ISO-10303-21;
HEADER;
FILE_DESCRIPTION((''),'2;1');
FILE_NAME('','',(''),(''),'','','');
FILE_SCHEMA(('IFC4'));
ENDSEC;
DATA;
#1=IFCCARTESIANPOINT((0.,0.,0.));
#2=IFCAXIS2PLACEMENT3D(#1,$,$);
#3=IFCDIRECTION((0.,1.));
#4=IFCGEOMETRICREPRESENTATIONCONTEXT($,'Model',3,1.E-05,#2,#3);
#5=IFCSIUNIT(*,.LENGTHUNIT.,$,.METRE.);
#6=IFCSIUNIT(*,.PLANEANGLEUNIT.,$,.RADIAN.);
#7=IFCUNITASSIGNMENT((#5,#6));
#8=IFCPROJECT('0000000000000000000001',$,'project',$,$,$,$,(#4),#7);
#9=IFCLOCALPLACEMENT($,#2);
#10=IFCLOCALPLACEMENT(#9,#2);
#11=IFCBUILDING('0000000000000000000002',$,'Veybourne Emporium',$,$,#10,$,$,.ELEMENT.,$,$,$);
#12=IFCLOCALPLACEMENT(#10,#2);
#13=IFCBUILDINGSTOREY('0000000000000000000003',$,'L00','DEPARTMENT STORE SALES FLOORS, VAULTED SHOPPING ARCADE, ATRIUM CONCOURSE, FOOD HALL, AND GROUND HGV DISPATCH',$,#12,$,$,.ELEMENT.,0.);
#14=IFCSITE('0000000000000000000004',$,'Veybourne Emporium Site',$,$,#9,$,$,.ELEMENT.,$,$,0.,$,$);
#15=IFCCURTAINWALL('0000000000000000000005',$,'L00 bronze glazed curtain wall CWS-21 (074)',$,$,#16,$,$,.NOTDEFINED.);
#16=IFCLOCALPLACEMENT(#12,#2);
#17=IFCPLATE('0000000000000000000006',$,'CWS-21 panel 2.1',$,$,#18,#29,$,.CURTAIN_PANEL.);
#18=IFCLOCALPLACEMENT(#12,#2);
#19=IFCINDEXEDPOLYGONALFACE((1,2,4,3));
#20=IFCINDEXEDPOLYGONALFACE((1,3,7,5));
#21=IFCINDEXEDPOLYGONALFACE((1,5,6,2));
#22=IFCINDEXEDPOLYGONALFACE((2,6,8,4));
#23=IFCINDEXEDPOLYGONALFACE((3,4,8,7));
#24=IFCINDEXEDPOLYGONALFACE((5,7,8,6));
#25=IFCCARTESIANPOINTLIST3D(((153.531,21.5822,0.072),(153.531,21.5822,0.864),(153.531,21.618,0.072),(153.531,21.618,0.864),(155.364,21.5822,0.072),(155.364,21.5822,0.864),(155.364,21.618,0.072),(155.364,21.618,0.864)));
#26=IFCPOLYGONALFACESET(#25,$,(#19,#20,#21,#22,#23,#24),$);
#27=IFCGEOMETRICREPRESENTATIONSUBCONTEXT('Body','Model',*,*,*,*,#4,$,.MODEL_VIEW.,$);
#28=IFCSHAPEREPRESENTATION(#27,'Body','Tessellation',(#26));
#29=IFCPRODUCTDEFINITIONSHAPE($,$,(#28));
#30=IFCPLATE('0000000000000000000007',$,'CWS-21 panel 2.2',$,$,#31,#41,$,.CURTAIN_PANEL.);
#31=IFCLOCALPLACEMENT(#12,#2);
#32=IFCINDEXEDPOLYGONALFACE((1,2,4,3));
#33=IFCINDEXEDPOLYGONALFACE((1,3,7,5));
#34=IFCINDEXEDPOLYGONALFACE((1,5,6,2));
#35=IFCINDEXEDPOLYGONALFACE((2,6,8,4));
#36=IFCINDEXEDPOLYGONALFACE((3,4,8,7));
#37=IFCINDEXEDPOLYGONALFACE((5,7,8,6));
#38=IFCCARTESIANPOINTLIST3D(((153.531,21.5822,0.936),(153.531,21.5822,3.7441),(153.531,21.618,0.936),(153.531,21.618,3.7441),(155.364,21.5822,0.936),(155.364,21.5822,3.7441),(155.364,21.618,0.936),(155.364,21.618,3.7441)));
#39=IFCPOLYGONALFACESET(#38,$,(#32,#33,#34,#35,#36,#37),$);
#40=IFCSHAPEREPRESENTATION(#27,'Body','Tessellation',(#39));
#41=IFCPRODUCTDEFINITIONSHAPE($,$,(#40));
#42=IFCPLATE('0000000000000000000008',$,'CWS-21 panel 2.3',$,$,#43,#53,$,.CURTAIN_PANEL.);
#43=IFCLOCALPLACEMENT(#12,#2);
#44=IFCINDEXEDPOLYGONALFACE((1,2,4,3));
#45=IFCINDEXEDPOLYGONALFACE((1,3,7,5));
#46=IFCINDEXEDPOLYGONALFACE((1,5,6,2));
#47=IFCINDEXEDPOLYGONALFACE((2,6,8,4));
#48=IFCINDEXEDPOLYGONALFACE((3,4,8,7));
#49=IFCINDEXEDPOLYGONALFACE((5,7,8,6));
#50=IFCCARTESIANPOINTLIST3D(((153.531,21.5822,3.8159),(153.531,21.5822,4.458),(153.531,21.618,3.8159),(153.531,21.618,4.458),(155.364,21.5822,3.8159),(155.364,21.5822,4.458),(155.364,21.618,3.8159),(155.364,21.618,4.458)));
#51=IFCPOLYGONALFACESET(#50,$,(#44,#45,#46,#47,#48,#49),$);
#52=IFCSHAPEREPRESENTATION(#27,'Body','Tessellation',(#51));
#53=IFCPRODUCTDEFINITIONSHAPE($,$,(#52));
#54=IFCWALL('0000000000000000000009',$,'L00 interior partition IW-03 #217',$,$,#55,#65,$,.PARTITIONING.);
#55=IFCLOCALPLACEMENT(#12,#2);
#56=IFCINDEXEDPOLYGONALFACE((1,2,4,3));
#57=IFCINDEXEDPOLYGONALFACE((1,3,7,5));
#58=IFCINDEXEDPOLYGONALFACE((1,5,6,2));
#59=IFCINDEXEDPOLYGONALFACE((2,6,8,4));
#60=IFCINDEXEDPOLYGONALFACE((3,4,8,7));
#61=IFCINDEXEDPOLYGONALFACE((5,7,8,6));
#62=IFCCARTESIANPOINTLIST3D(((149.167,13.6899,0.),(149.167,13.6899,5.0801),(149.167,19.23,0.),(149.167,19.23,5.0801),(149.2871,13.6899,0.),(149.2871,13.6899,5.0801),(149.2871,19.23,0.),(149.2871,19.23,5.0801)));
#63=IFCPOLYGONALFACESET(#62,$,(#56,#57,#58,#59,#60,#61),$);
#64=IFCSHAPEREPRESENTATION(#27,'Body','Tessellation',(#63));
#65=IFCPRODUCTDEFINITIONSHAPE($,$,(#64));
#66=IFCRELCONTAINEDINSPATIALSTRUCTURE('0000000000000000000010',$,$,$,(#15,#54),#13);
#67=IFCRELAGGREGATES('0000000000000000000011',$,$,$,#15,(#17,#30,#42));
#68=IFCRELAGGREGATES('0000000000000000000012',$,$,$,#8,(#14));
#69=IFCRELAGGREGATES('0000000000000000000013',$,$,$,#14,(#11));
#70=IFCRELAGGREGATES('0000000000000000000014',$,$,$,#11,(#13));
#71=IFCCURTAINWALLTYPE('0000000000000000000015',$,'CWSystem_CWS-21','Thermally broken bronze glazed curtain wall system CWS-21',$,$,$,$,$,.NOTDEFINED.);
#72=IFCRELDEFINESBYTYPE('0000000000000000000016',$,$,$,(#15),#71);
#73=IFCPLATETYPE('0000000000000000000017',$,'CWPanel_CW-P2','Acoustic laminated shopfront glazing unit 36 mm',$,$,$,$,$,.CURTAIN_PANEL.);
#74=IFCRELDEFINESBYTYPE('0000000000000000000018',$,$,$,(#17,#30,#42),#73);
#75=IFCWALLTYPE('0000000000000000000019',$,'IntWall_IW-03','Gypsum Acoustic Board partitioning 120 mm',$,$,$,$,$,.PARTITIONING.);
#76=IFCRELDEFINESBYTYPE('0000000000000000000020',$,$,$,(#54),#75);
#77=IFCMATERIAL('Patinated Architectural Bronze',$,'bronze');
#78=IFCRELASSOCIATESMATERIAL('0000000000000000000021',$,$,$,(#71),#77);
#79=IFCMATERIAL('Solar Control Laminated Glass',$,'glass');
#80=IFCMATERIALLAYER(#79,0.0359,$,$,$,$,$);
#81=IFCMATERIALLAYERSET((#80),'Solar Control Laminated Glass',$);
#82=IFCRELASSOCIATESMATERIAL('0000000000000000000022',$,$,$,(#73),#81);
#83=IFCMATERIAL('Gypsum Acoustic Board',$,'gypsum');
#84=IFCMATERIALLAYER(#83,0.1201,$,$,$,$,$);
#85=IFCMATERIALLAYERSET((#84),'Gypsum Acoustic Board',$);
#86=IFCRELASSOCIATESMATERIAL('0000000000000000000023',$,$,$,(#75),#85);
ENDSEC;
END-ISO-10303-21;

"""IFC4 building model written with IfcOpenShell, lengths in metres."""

from ifc_helpers import new_model, si_unit, direction, frame, frame_2d, origin, origin_2d, place, context, subcontext, project, spatial, rectangle, extrude, material, layer, layer_set, type_object, element, aggregate, save


model = new_model("IFC4")

# Units and contexts
model_context = context("Model", 3, precision=1e-05, world=origin(), true_north=direction((0.0, 1.0)))
body_context = subcontext(model_context, "Body", "Model", "MODEL_VIEW")
ifc_project = project(units=[si_unit("LENGTHUNIT", "METRE"), si_unit("PLANEANGLEUNIT", "RADIAN")], contexts=[model_context])

# Site, building, storey
site_placement = place(None, origin())
site = spatial("IfcSite", under=ifc_project, at=site_placement, Name="Veybourne Emporium Site", CompositionType="ELEMENT", RefElevation=0.0)
building_placement = place(site_placement, origin())
building = spatial("IfcBuilding", under=site, at=building_placement, Name="Veybourne Emporium", CompositionType="ELEMENT")
storey_placement = place(building_placement, origin())
storey = spatial("IfcBuildingStorey", under=building, at=storey_placement, Name="L00", Description="DEPARTMENT STORE SALES FLOORS, VAULTED SHOPPING ARCADE, ATRIUM CONCOURSE, FOOD HALL, AND GROUND HGV DISPATCH", CompositionType="ELEMENT", Elevation=0.0)

# Curtain wall
ifc_material_1 = material(Name="Patinated Architectural Bronze", Category="bronze")
curtain_wall_type_1 = type_object("IfcCurtainWallType", Name="CWSystem_CWS-21", Description="Thermally broken bronze glazed curtain wall system CWS-21", PredefinedType="NOTDEFINED", material=ifc_material_1)
curtain_wall_1_placement = place(storey_placement, origin())
curtain_wall_1 = element("IfcCurtainWall", 1, at=curtain_wall_1_placement, inside=storey, type_object=curtain_wall_type_1, Name="L00 bronze glazed curtain wall CWS-21 (074)", PredefinedType="NOTDEFINED")

# Plates
ifc_material_2 = material(Name="Solar Control Laminated Glass", Category="glass")
ifc_layer_1 = layer(ifc_material_2, 0.0359)
ifc_layer_set_1 = layer_set([ifc_layer_1], Name="Solar Control Laminated Glass")
plate_type = type_object("IfcPlateType", Name="CWPanel_CW-P2", Description="Acoustic laminated shopfront glazing unit 36 mm", PredefinedType="CURTAIN_PANEL", material=ifc_layer_set_1)
plate_1_placement = place(storey_placement, frame((154.4475, 21.6001, 0.072), z_axis=(0.0, 0.0, 1.0), x_axis=(1.0, 0.0, 0.0)))
plate_1 = element("IfcPlate", 2, at=plate_1_placement, type_object=plate_type, Name="CWS-21 panel 2.1", PredefinedType="CURTAIN_PANEL", context=body_context, shape_type="SweptSolid", body=[
    extrude(rectangle(XDim=1.833, YDim=0.0359, at=origin_2d()), origin(), (0.0, 0.0, 1.0), 0.792),
])
plate_2_placement = place(storey_placement, frame((154.4475, 21.6001, 0.936), z_axis=(0.0, 0.0, 1.0), x_axis=(1.0, 0.0, 0.0)))
plate_2 = element("IfcPlate", 3, at=plate_2_placement, type_object=plate_type, Name="CWS-21 panel 2.2", PredefinedType="CURTAIN_PANEL", context=body_context, shape_type="SweptSolid", body=[
    extrude(rectangle(XDim=1.833, YDim=0.0359, at=origin_2d()), origin(), (0.0, 0.0, 1.0), 2.8081),
])
plate_3_placement = place(storey_placement, frame((154.4475, 21.6001, 3.8159), z_axis=(0.0, 0.0, 1.0), x_axis=(1.0, 0.0, 0.0)))
plate_3 = element("IfcPlate", 4, at=plate_3_placement, type_object=plate_type, Name="CWS-21 panel 2.3", PredefinedType="CURTAIN_PANEL", context=body_context, shape_type="SweptSolid", body=[
    extrude(rectangle(XDim=1.833, YDim=0.0359, at=origin_2d()), origin(), (0.0, 0.0, 1.0), 0.6421),
])
aggregate(curtain_wall_1, [plate_1, plate_2, plate_3])

# Wall
ifc_material_3 = material(Name="Gypsum Acoustic Board", Category="gypsum")
ifc_layer_2 = layer(ifc_material_3, 0.1201)
ifc_layer_set_2 = layer_set([ifc_layer_2], Name="Gypsum Acoustic Board")
wall_type = type_object("IfcWallType", Name="IntWall_IW-03", Description="Gypsum Acoustic Board partitioning 120 mm", PredefinedType="PARTITIONING", material=ifc_layer_set_2)
wall_placement = place(storey_placement, frame((149.2271, 13.6899, 0.0), z_axis=(0.0, 0.0, 1.0), x_axis=(0.0, 1.0, 0.0)))
element("IfcWall", 5, at=wall_placement, inside=storey, type_object=wall_type, Name="L00 interior partition IW-03 #217", PredefinedType="PARTITIONING", context=body_context, shape_type="SweptSolid", body=[
    extrude(rectangle(XDim=5.54, YDim=0.1201, at=frame_2d((2.77, 0.0))), origin(), (0.0, 0.0, 1.0), 5.0801),
])

save(model, "model.ifc")
